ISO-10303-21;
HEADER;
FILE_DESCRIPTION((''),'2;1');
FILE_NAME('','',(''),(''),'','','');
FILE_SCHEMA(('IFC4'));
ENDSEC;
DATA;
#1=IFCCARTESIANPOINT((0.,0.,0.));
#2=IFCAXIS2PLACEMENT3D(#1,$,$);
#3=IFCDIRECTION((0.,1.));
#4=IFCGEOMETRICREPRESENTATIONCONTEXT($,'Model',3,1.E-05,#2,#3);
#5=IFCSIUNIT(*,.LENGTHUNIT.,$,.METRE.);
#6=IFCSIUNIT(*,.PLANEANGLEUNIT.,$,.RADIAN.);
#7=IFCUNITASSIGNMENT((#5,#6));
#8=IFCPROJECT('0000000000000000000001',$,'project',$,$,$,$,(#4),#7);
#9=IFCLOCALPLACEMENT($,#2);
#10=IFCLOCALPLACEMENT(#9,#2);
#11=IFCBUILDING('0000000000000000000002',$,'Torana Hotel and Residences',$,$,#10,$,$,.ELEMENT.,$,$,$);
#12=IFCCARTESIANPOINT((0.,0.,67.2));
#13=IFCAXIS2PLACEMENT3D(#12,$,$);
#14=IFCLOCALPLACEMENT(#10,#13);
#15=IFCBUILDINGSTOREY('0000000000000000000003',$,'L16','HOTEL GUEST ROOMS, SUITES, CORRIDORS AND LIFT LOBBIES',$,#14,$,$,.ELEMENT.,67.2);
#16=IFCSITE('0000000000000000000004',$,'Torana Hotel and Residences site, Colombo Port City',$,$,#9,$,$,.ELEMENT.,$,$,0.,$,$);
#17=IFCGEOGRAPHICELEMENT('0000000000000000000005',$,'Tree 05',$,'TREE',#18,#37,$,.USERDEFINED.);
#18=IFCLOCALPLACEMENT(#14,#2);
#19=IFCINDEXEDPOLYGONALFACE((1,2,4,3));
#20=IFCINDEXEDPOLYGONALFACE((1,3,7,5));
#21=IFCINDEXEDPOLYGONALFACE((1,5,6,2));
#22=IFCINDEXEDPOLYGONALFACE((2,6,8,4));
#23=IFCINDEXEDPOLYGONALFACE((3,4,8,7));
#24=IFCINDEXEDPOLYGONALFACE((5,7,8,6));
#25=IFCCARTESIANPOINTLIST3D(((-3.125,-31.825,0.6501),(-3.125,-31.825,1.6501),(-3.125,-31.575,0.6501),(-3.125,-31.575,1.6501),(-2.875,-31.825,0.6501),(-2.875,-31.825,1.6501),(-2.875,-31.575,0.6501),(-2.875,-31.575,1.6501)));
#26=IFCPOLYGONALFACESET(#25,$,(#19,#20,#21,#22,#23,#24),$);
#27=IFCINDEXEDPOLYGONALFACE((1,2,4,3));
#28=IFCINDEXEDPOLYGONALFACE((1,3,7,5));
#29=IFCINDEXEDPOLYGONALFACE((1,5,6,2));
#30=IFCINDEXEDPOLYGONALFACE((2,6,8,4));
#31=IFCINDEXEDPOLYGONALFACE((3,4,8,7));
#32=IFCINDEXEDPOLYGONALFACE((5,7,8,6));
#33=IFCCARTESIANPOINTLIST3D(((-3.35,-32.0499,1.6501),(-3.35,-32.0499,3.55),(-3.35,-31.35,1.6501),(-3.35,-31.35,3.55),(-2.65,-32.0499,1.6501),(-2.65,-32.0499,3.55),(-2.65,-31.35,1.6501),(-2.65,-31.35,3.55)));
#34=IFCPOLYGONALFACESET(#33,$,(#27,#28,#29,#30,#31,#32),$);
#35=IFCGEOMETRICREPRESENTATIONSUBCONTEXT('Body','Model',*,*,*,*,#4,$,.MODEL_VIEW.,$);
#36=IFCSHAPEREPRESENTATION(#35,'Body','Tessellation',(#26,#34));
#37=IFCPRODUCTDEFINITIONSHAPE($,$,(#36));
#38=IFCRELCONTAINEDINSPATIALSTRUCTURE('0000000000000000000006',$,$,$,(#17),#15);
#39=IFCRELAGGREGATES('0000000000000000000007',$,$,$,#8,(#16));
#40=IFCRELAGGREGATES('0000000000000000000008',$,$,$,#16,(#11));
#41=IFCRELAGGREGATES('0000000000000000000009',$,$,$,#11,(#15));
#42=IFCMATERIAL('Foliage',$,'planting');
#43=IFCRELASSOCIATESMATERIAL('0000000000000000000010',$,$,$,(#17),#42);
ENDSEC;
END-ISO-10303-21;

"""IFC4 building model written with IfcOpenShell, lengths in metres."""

from ifc_helpers import new_model, si_unit, direction, frame, origin, origin_2d, place, context, subcontext, project, spatial, rectangle, extrude, material, element, save


model = new_model("IFC4")

# Units and contexts
model_context = context("Model", 3, precision=1e-05, world=origin(), true_north=direction((0.0, 1.0)))
body_context = subcontext(model_context, "Body", "Model", "MODEL_VIEW")
ifc_project = project(units=[si_unit("LENGTHUNIT", "METRE"), si_unit("PLANEANGLEUNIT", "RADIAN")], contexts=[model_context])

# Site, building, storey
site_placement = place(None, origin())
site = spatial("IfcSite", under=ifc_project, at=site_placement, Name="Torana Hotel and Residences site, Colombo Port City", CompositionType="ELEMENT", RefElevation=0.0)
building_placement = place(site_placement, origin())
building = spatial("IfcBuilding", under=site, at=building_placement, Name="Torana Hotel and Residences", CompositionType="ELEMENT")
storey_placement = place(building_placement, frame((0.0, 0.0, 67.2)))
storey = spatial("IfcBuildingStorey", under=building, at=storey_placement, Name="L16", Description="HOTEL GUEST ROOMS, SUITES, CORRIDORS AND LIFT LOBBIES", CompositionType="ELEMENT", Elevation=67.2)

# Geographic element
ifc_material_1 = material(Name="Foliage", Category="planting")
for number, where, z_axis, x_axis, name in (
    (1, (-3.0, -31.7, 0.6501), (0.0, 0.0, 1.0), (1.0, 0.0, 0.0), "Tree 05"),
):
    element("IfcGeographicElement", number, at=place(storey_placement, frame(where, z_axis=z_axis, x_axis=x_axis)), inside=storey, material=ifc_material_1, Name=name, ObjectType="TREE", PredefinedType="USERDEFINED", context=body_context, shape_type="SweptSolid", body=[
        extrude(rectangle(XDim=0.25, YDim=0.25, at=origin_2d()), origin(), (0.0, 0.0, 1.0), 1.0),
        extrude(rectangle(XDim=0.7, YDim=0.7, at=origin_2d()), frame((0.0, 0.0, 1.0)), (0.0, 0.0, 1.0), 1.8999),
    ])

save(model, "model.ifc")
